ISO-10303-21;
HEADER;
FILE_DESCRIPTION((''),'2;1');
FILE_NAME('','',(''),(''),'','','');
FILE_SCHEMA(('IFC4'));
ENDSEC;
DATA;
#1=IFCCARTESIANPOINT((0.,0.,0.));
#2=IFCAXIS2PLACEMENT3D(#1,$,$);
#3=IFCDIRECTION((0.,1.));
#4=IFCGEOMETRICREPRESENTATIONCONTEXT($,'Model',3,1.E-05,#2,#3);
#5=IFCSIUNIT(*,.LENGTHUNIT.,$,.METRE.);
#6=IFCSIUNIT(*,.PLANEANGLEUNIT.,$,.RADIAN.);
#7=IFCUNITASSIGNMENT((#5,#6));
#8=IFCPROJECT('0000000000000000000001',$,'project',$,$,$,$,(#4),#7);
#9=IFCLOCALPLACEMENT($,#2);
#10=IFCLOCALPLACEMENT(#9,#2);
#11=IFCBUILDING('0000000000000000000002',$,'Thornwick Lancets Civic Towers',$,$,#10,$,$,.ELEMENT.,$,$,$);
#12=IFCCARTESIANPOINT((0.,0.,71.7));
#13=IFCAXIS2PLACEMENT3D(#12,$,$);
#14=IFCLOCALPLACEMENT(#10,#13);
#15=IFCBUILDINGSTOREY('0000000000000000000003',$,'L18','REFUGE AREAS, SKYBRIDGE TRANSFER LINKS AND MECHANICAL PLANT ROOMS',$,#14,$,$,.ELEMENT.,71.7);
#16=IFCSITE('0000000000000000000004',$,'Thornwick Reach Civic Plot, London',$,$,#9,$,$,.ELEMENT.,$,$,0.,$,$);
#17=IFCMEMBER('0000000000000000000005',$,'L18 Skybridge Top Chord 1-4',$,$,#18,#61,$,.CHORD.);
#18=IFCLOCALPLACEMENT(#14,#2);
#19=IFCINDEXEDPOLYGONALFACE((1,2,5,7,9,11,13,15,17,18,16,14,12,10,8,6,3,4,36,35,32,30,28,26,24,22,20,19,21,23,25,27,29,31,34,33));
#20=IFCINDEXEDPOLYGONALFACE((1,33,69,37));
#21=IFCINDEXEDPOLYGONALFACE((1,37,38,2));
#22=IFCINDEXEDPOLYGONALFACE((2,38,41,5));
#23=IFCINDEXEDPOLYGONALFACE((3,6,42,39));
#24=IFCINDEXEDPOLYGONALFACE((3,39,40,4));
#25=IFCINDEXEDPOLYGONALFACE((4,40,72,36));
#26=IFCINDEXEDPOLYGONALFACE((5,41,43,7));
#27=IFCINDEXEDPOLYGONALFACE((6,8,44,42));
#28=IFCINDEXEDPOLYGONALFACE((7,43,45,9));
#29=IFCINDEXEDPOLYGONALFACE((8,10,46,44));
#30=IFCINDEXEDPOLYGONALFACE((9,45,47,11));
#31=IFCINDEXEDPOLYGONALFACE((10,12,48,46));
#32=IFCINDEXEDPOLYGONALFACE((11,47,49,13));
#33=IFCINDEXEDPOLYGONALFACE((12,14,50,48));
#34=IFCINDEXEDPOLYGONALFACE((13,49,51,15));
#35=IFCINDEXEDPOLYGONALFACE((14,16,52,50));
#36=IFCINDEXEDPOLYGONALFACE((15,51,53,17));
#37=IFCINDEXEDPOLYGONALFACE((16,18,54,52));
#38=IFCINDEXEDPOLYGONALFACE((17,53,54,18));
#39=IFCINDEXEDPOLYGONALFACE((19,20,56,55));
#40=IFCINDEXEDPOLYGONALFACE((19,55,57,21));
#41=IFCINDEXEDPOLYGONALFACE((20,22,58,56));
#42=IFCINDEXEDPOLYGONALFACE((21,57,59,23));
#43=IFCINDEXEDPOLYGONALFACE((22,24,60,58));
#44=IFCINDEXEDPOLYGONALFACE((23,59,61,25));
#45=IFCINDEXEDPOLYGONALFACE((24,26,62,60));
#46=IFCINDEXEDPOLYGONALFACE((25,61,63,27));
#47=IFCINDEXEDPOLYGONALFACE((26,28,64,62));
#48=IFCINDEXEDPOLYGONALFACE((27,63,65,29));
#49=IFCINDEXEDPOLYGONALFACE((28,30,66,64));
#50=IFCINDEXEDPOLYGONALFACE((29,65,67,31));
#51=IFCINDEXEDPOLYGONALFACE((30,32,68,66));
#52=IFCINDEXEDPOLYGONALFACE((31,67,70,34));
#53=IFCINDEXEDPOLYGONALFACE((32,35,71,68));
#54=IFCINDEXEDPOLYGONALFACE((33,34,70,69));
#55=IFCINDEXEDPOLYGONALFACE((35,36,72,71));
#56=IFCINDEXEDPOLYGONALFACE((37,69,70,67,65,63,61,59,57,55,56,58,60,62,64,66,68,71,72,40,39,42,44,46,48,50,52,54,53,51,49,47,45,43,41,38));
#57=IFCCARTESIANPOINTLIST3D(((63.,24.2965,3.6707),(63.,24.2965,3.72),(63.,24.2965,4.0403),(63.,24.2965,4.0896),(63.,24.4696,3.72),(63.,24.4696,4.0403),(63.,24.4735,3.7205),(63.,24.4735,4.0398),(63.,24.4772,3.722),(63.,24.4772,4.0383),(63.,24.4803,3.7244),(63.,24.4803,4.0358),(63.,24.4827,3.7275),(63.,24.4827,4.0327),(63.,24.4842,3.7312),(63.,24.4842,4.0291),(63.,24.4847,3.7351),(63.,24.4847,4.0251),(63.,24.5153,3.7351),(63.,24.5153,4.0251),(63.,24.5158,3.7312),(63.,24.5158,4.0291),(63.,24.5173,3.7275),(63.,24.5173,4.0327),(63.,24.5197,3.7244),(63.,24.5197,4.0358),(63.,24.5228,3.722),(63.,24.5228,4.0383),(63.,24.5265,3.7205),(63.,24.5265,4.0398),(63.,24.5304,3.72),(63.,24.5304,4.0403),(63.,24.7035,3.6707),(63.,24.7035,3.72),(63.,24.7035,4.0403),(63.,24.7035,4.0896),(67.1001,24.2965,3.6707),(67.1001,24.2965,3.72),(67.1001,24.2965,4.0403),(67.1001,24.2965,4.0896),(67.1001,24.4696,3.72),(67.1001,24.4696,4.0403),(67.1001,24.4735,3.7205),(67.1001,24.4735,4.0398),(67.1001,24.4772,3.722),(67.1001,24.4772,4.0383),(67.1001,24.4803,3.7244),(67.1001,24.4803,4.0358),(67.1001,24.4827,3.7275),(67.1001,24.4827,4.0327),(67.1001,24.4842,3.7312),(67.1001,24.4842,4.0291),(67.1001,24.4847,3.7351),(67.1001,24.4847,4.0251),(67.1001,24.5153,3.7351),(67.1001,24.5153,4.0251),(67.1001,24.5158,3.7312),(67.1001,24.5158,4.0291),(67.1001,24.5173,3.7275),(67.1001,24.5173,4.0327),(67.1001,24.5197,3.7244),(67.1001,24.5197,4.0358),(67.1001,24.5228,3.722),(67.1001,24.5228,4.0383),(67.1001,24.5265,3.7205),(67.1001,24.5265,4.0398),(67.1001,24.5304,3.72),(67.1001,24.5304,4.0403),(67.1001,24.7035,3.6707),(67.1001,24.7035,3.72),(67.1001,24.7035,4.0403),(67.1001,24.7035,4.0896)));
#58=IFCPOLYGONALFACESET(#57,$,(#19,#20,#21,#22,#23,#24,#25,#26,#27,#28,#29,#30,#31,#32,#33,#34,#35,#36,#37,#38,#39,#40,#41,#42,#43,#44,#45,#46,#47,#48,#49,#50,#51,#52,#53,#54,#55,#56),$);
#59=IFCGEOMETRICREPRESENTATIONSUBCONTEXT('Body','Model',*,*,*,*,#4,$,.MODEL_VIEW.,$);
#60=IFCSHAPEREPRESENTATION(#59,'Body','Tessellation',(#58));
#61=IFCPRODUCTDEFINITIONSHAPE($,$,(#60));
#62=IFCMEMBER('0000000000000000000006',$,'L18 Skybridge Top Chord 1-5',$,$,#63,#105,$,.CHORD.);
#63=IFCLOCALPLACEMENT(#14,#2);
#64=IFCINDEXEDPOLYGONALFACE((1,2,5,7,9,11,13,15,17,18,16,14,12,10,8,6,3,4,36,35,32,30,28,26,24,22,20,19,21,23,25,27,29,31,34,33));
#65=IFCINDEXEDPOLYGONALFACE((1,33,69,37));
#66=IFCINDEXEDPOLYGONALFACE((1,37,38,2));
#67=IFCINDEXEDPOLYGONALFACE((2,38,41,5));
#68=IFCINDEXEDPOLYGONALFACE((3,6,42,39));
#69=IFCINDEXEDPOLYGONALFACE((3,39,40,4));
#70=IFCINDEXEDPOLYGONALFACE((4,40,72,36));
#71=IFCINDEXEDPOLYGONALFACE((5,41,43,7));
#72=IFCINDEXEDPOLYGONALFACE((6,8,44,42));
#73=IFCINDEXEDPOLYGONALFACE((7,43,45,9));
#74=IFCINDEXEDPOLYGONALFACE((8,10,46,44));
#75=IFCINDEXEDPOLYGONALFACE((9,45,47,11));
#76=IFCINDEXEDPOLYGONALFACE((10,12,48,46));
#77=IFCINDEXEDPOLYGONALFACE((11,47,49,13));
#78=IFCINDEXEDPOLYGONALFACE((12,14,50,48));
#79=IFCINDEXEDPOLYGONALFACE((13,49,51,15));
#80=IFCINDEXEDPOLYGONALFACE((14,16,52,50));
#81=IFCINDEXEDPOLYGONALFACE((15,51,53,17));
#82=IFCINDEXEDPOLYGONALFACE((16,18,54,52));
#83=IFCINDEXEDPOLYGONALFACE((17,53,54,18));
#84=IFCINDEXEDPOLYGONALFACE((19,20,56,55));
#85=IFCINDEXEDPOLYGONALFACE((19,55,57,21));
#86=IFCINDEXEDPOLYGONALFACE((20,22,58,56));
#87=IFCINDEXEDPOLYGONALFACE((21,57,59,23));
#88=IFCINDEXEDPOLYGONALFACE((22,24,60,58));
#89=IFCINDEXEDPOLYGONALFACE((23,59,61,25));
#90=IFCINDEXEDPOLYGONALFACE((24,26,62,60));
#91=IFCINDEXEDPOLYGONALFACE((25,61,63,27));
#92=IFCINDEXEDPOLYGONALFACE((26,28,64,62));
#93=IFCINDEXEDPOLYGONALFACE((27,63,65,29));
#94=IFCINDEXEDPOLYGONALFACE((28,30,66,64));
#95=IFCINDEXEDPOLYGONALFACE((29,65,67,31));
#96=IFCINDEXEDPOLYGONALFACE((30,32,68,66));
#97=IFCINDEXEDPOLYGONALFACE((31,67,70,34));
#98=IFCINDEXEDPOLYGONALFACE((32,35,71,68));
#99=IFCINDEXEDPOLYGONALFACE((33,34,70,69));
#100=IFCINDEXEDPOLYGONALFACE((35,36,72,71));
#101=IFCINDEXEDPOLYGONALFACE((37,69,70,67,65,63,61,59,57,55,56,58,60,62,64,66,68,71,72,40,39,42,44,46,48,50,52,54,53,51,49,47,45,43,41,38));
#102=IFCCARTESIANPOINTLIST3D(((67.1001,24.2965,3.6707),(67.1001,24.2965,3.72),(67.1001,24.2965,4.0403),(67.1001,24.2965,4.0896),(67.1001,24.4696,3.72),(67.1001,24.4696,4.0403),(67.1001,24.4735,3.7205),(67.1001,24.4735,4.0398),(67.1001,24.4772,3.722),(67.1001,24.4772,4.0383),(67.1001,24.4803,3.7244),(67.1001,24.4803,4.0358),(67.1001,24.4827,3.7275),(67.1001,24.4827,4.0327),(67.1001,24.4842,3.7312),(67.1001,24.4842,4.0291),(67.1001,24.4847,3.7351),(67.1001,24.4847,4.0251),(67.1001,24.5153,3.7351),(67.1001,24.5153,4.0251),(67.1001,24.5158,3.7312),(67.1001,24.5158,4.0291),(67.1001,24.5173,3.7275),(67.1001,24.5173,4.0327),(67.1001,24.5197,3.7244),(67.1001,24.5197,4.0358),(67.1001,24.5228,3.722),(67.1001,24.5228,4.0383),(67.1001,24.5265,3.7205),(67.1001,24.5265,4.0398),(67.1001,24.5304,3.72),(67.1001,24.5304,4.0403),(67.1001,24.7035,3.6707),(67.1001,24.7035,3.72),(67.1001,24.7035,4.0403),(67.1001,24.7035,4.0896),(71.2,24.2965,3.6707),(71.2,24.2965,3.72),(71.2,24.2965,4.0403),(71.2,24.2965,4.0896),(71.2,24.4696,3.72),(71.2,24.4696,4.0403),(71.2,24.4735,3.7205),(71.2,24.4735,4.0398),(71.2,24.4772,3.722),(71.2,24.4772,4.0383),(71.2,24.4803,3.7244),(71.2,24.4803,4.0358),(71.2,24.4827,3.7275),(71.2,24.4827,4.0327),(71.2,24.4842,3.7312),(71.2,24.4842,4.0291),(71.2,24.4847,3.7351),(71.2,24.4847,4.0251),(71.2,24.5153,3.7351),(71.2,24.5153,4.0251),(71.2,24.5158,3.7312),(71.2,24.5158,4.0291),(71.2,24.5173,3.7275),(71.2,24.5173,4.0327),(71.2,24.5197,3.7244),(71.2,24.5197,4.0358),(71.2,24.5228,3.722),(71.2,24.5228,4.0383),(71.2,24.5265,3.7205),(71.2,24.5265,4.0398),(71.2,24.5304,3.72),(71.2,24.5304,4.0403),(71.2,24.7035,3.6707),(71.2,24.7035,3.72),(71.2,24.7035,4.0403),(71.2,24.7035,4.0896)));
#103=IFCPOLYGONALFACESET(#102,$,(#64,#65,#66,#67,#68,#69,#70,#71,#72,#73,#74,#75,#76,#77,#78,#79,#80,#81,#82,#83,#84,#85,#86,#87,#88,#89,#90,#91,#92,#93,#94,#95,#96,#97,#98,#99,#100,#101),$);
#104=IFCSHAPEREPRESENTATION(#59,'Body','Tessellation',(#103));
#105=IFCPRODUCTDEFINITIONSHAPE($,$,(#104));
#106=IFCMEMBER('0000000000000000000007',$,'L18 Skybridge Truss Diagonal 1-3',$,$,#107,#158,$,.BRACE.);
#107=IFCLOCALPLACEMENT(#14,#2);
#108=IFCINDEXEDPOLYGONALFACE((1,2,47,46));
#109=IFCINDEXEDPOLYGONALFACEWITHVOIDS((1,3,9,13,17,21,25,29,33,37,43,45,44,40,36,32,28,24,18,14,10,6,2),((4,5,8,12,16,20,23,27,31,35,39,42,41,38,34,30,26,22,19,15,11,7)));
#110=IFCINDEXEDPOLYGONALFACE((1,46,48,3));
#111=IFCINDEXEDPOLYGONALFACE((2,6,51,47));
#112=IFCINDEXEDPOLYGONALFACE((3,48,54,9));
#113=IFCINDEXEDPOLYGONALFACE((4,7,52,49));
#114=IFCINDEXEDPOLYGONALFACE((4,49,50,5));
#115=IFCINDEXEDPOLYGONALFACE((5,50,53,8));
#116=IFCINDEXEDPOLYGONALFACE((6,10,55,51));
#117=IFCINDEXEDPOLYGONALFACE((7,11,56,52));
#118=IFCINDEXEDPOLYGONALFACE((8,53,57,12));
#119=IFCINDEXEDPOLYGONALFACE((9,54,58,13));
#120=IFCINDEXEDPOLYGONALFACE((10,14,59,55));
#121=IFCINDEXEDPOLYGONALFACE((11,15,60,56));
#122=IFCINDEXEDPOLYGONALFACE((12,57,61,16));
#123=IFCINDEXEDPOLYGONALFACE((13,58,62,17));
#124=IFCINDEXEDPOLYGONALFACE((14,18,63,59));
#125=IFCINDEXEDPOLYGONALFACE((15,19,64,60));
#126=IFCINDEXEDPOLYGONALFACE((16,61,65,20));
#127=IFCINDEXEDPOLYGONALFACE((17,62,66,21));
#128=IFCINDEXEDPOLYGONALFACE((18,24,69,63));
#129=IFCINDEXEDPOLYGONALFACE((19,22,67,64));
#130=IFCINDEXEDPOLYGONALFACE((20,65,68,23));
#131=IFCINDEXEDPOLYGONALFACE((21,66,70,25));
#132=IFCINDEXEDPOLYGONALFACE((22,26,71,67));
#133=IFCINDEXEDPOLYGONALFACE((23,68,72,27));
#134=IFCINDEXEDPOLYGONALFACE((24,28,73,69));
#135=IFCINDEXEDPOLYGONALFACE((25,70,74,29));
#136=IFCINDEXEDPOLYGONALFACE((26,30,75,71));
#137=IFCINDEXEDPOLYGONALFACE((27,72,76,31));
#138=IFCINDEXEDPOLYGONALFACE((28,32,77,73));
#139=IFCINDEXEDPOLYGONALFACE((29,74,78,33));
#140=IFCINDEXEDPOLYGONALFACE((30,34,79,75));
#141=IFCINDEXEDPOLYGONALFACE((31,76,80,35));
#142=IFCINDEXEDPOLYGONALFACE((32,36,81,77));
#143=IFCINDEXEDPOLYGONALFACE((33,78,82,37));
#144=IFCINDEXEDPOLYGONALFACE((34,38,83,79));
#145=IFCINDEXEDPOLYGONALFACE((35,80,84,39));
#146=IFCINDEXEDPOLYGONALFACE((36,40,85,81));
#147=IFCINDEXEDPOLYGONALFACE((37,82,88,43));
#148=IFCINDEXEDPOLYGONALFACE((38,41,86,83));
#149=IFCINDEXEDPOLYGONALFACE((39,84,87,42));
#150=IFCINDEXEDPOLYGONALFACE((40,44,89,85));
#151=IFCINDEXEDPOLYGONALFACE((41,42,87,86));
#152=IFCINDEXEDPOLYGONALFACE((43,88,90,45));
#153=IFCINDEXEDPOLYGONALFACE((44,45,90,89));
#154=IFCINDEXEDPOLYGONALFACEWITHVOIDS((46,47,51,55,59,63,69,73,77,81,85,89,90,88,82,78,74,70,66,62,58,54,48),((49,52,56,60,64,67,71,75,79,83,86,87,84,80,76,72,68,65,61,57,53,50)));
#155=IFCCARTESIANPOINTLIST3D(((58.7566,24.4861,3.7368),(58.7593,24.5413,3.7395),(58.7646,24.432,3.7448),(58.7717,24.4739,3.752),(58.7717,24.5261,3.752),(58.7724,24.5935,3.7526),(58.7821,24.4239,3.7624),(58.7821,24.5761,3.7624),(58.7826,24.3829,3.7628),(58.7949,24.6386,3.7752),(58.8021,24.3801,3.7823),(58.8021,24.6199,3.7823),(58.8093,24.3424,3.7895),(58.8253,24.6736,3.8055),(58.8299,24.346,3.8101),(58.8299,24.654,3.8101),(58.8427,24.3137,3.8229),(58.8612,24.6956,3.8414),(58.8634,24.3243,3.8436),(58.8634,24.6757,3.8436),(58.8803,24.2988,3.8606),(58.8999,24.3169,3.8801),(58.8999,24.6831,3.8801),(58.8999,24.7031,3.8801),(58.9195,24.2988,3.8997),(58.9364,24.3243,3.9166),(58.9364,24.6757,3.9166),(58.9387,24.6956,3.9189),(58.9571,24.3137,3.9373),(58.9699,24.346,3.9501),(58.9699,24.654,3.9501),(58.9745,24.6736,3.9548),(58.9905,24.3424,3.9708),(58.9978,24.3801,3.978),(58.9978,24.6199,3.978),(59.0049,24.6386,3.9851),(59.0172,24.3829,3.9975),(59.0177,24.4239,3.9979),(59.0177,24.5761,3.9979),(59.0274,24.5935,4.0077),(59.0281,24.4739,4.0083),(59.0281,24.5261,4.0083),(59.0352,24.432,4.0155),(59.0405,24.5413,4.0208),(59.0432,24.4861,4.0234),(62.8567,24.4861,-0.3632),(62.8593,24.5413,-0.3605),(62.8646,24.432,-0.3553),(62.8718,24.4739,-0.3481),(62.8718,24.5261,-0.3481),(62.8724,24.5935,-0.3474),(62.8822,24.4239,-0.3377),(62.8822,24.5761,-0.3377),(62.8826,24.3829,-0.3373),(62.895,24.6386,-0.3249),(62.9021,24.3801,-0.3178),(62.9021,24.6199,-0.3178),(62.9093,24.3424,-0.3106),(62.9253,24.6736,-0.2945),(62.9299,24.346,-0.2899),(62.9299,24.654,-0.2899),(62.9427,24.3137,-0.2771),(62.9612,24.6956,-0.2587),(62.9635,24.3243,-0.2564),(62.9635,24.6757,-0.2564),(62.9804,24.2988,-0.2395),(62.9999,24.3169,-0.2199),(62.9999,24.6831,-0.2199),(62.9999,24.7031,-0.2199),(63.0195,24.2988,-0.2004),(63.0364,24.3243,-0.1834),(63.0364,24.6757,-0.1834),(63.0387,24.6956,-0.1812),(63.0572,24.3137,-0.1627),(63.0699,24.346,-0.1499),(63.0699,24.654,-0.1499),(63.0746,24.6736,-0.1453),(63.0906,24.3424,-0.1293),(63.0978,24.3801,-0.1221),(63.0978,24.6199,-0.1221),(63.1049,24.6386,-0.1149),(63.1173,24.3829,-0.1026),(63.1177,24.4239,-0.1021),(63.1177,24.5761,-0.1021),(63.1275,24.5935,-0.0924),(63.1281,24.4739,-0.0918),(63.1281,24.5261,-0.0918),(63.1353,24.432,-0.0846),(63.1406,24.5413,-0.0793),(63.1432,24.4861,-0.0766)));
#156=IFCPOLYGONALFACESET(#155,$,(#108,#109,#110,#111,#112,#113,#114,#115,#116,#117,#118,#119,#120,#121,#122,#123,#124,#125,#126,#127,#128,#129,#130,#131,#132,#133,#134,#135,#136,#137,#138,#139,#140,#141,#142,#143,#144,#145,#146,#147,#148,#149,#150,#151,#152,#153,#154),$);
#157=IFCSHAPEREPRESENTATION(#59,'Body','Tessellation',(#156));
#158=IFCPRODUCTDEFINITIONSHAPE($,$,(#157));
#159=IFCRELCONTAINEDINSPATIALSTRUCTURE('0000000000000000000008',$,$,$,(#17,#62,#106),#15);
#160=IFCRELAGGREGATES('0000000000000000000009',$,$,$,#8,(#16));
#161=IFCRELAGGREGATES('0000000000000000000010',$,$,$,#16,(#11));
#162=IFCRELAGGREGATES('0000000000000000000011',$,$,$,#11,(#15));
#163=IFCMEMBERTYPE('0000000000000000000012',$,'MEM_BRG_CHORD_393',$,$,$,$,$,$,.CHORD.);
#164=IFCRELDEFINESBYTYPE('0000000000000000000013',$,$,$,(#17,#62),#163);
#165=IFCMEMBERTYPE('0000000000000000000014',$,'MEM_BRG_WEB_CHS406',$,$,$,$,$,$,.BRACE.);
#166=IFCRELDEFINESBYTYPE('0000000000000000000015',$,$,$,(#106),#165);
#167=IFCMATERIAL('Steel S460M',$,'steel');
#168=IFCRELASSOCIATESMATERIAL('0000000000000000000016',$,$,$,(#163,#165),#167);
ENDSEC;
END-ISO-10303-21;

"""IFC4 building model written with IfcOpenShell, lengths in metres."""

from ifc_helpers import new_model, si_unit, direction, frame, origin, origin_2d, place, context, subcontext, project, spatial, hollow_circle, i_section, extrude, material, material_profile, profile_set, type_object, element, save


model = new_model("IFC4")

# Units and contexts
model_context = context("Model", 3, precision=1e-05, world=origin(), true_north=direction((0.0, 1.0)))
body_context = subcontext(model_context, "Body", "Model", "MODEL_VIEW")
ifc_project = project(units=[si_unit("LENGTHUNIT", "METRE"), si_unit("PLANEANGLEUNIT", "RADIAN")], contexts=[model_context])

# Site, building, storey
site_placement = place(None, origin())
site = spatial("IfcSite", under=ifc_project, at=site_placement, Name="Thornwick Reach Civic Plot, London", CompositionType="ELEMENT", RefElevation=0.0)
building_placement = place(site_placement, origin())
building = spatial("IfcBuilding", under=site, at=building_placement, Name="Thornwick Lancets Civic Towers", CompositionType="ELEMENT")
storey_placement = place(building_placement, frame((0.0, 0.0, 71.7)))
storey = spatial("IfcBuildingStorey", under=building, at=storey_placement, Name="L18", Description="REFUGE AREAS, SKYBRIDGE TRANSFER LINKS AND MECHANICAL PLANT ROOMS", CompositionType="ELEMENT", Elevation=71.7)

# Members
ifc_material_1 = material(Name="Steel S460M", Category="steel")
ifc_material_profile_1 = material_profile(ifc_material_1, i_section(OverallWidth=0.407, OverallDepth=0.4189, WebThickness=0.0305, FlangeThickness=0.0493, FilletRadius=0.0151, at=origin_2d()), Name="UKC 356x406x393")
ifc_profile_set_1 = profile_set([ifc_material_profile_1], Name="Steel S460M")
member_type_1 = type_object("IfcMemberType", Name="MEM_BRG_CHORD_393", PredefinedType="CHORD", material=ifc_profile_set_1)
for number, where, z_axis, x_axis, name in (
    (1, (63.0, 24.5, 3.8801), (1.0, 0.0, 0.0), (0.0, 1.0, 0.0), "L18 Skybridge Top Chord 1-4"),
):
    element("IfcMember", number, at=place(storey_placement, frame(where, z_axis=z_axis, x_axis=x_axis)), inside=storey, type_object=member_type_1, Name=name, PredefinedType="CHORD", context=body_context, shape_type="SweptSolid", body=[
        extrude(i_section(OverallWidth=0.407, OverallDepth=0.4189, WebThickness=0.0305, FlangeThickness=0.0493, FilletRadius=0.0151, at=origin_2d()), origin(), (0.0, 0.0, 1.0), 4.1001),
    ])
member_1_placement = place(storey_placement, frame((67.1001, 24.5, 3.8801), z_axis=(1.0, 0.0, 0.0), x_axis=(0.0, 1.0, 0.0)))
element("IfcMember", 2, at=member_1_placement, inside=storey, type_object=member_type_1, Name="L18 Skybridge Top Chord 1-5", PredefinedType="CHORD", context=body_context, shape_type="SweptSolid", body=[
    extrude(i_section(OverallWidth=0.407, OverallDepth=0.4189, WebThickness=0.0305, FlangeThickness=0.0493, FilletRadius=0.0151, at=origin_2d()), origin(), (0.0, 0.0, 1.0), 4.0999),
])
ifc_material_profile_2 = material_profile(ifc_material_1, hollow_circle(Radius=0.2031, WallThickness=0.02, at=origin_2d()), Name="CHS 406.4x20")
ifc_profile_set_2 = profile_set([ifc_material_profile_2], Name="Steel S460M")
member_type_2 = type_object("IfcMemberType", Name="MEM_BRG_WEB_CHS406", PredefinedType="BRACE", material=ifc_profile_set_2)
for number, where, z_axis, x_axis, name in (
    (3, (58.8999, 24.5, 3.8801), (0.707107, 0.0, -0.707107), (0.0, 1.0, 0.0), "L18 Skybridge Truss Diagonal 1-3"),
):
    element("IfcMember", number, at=place(storey_placement, frame(where, z_axis=z_axis, x_axis=x_axis)), inside=storey, type_object=member_type_2, Name=name, PredefinedType="BRACE", context=body_context, shape_type="SweptSolid", body=[
        extrude(hollow_circle(Radius=0.2031, WallThickness=0.02, at=origin_2d()), origin(), (0.0, 0.0, 1.0), 5.7983),
    ])

save(model, "model.ifc")
